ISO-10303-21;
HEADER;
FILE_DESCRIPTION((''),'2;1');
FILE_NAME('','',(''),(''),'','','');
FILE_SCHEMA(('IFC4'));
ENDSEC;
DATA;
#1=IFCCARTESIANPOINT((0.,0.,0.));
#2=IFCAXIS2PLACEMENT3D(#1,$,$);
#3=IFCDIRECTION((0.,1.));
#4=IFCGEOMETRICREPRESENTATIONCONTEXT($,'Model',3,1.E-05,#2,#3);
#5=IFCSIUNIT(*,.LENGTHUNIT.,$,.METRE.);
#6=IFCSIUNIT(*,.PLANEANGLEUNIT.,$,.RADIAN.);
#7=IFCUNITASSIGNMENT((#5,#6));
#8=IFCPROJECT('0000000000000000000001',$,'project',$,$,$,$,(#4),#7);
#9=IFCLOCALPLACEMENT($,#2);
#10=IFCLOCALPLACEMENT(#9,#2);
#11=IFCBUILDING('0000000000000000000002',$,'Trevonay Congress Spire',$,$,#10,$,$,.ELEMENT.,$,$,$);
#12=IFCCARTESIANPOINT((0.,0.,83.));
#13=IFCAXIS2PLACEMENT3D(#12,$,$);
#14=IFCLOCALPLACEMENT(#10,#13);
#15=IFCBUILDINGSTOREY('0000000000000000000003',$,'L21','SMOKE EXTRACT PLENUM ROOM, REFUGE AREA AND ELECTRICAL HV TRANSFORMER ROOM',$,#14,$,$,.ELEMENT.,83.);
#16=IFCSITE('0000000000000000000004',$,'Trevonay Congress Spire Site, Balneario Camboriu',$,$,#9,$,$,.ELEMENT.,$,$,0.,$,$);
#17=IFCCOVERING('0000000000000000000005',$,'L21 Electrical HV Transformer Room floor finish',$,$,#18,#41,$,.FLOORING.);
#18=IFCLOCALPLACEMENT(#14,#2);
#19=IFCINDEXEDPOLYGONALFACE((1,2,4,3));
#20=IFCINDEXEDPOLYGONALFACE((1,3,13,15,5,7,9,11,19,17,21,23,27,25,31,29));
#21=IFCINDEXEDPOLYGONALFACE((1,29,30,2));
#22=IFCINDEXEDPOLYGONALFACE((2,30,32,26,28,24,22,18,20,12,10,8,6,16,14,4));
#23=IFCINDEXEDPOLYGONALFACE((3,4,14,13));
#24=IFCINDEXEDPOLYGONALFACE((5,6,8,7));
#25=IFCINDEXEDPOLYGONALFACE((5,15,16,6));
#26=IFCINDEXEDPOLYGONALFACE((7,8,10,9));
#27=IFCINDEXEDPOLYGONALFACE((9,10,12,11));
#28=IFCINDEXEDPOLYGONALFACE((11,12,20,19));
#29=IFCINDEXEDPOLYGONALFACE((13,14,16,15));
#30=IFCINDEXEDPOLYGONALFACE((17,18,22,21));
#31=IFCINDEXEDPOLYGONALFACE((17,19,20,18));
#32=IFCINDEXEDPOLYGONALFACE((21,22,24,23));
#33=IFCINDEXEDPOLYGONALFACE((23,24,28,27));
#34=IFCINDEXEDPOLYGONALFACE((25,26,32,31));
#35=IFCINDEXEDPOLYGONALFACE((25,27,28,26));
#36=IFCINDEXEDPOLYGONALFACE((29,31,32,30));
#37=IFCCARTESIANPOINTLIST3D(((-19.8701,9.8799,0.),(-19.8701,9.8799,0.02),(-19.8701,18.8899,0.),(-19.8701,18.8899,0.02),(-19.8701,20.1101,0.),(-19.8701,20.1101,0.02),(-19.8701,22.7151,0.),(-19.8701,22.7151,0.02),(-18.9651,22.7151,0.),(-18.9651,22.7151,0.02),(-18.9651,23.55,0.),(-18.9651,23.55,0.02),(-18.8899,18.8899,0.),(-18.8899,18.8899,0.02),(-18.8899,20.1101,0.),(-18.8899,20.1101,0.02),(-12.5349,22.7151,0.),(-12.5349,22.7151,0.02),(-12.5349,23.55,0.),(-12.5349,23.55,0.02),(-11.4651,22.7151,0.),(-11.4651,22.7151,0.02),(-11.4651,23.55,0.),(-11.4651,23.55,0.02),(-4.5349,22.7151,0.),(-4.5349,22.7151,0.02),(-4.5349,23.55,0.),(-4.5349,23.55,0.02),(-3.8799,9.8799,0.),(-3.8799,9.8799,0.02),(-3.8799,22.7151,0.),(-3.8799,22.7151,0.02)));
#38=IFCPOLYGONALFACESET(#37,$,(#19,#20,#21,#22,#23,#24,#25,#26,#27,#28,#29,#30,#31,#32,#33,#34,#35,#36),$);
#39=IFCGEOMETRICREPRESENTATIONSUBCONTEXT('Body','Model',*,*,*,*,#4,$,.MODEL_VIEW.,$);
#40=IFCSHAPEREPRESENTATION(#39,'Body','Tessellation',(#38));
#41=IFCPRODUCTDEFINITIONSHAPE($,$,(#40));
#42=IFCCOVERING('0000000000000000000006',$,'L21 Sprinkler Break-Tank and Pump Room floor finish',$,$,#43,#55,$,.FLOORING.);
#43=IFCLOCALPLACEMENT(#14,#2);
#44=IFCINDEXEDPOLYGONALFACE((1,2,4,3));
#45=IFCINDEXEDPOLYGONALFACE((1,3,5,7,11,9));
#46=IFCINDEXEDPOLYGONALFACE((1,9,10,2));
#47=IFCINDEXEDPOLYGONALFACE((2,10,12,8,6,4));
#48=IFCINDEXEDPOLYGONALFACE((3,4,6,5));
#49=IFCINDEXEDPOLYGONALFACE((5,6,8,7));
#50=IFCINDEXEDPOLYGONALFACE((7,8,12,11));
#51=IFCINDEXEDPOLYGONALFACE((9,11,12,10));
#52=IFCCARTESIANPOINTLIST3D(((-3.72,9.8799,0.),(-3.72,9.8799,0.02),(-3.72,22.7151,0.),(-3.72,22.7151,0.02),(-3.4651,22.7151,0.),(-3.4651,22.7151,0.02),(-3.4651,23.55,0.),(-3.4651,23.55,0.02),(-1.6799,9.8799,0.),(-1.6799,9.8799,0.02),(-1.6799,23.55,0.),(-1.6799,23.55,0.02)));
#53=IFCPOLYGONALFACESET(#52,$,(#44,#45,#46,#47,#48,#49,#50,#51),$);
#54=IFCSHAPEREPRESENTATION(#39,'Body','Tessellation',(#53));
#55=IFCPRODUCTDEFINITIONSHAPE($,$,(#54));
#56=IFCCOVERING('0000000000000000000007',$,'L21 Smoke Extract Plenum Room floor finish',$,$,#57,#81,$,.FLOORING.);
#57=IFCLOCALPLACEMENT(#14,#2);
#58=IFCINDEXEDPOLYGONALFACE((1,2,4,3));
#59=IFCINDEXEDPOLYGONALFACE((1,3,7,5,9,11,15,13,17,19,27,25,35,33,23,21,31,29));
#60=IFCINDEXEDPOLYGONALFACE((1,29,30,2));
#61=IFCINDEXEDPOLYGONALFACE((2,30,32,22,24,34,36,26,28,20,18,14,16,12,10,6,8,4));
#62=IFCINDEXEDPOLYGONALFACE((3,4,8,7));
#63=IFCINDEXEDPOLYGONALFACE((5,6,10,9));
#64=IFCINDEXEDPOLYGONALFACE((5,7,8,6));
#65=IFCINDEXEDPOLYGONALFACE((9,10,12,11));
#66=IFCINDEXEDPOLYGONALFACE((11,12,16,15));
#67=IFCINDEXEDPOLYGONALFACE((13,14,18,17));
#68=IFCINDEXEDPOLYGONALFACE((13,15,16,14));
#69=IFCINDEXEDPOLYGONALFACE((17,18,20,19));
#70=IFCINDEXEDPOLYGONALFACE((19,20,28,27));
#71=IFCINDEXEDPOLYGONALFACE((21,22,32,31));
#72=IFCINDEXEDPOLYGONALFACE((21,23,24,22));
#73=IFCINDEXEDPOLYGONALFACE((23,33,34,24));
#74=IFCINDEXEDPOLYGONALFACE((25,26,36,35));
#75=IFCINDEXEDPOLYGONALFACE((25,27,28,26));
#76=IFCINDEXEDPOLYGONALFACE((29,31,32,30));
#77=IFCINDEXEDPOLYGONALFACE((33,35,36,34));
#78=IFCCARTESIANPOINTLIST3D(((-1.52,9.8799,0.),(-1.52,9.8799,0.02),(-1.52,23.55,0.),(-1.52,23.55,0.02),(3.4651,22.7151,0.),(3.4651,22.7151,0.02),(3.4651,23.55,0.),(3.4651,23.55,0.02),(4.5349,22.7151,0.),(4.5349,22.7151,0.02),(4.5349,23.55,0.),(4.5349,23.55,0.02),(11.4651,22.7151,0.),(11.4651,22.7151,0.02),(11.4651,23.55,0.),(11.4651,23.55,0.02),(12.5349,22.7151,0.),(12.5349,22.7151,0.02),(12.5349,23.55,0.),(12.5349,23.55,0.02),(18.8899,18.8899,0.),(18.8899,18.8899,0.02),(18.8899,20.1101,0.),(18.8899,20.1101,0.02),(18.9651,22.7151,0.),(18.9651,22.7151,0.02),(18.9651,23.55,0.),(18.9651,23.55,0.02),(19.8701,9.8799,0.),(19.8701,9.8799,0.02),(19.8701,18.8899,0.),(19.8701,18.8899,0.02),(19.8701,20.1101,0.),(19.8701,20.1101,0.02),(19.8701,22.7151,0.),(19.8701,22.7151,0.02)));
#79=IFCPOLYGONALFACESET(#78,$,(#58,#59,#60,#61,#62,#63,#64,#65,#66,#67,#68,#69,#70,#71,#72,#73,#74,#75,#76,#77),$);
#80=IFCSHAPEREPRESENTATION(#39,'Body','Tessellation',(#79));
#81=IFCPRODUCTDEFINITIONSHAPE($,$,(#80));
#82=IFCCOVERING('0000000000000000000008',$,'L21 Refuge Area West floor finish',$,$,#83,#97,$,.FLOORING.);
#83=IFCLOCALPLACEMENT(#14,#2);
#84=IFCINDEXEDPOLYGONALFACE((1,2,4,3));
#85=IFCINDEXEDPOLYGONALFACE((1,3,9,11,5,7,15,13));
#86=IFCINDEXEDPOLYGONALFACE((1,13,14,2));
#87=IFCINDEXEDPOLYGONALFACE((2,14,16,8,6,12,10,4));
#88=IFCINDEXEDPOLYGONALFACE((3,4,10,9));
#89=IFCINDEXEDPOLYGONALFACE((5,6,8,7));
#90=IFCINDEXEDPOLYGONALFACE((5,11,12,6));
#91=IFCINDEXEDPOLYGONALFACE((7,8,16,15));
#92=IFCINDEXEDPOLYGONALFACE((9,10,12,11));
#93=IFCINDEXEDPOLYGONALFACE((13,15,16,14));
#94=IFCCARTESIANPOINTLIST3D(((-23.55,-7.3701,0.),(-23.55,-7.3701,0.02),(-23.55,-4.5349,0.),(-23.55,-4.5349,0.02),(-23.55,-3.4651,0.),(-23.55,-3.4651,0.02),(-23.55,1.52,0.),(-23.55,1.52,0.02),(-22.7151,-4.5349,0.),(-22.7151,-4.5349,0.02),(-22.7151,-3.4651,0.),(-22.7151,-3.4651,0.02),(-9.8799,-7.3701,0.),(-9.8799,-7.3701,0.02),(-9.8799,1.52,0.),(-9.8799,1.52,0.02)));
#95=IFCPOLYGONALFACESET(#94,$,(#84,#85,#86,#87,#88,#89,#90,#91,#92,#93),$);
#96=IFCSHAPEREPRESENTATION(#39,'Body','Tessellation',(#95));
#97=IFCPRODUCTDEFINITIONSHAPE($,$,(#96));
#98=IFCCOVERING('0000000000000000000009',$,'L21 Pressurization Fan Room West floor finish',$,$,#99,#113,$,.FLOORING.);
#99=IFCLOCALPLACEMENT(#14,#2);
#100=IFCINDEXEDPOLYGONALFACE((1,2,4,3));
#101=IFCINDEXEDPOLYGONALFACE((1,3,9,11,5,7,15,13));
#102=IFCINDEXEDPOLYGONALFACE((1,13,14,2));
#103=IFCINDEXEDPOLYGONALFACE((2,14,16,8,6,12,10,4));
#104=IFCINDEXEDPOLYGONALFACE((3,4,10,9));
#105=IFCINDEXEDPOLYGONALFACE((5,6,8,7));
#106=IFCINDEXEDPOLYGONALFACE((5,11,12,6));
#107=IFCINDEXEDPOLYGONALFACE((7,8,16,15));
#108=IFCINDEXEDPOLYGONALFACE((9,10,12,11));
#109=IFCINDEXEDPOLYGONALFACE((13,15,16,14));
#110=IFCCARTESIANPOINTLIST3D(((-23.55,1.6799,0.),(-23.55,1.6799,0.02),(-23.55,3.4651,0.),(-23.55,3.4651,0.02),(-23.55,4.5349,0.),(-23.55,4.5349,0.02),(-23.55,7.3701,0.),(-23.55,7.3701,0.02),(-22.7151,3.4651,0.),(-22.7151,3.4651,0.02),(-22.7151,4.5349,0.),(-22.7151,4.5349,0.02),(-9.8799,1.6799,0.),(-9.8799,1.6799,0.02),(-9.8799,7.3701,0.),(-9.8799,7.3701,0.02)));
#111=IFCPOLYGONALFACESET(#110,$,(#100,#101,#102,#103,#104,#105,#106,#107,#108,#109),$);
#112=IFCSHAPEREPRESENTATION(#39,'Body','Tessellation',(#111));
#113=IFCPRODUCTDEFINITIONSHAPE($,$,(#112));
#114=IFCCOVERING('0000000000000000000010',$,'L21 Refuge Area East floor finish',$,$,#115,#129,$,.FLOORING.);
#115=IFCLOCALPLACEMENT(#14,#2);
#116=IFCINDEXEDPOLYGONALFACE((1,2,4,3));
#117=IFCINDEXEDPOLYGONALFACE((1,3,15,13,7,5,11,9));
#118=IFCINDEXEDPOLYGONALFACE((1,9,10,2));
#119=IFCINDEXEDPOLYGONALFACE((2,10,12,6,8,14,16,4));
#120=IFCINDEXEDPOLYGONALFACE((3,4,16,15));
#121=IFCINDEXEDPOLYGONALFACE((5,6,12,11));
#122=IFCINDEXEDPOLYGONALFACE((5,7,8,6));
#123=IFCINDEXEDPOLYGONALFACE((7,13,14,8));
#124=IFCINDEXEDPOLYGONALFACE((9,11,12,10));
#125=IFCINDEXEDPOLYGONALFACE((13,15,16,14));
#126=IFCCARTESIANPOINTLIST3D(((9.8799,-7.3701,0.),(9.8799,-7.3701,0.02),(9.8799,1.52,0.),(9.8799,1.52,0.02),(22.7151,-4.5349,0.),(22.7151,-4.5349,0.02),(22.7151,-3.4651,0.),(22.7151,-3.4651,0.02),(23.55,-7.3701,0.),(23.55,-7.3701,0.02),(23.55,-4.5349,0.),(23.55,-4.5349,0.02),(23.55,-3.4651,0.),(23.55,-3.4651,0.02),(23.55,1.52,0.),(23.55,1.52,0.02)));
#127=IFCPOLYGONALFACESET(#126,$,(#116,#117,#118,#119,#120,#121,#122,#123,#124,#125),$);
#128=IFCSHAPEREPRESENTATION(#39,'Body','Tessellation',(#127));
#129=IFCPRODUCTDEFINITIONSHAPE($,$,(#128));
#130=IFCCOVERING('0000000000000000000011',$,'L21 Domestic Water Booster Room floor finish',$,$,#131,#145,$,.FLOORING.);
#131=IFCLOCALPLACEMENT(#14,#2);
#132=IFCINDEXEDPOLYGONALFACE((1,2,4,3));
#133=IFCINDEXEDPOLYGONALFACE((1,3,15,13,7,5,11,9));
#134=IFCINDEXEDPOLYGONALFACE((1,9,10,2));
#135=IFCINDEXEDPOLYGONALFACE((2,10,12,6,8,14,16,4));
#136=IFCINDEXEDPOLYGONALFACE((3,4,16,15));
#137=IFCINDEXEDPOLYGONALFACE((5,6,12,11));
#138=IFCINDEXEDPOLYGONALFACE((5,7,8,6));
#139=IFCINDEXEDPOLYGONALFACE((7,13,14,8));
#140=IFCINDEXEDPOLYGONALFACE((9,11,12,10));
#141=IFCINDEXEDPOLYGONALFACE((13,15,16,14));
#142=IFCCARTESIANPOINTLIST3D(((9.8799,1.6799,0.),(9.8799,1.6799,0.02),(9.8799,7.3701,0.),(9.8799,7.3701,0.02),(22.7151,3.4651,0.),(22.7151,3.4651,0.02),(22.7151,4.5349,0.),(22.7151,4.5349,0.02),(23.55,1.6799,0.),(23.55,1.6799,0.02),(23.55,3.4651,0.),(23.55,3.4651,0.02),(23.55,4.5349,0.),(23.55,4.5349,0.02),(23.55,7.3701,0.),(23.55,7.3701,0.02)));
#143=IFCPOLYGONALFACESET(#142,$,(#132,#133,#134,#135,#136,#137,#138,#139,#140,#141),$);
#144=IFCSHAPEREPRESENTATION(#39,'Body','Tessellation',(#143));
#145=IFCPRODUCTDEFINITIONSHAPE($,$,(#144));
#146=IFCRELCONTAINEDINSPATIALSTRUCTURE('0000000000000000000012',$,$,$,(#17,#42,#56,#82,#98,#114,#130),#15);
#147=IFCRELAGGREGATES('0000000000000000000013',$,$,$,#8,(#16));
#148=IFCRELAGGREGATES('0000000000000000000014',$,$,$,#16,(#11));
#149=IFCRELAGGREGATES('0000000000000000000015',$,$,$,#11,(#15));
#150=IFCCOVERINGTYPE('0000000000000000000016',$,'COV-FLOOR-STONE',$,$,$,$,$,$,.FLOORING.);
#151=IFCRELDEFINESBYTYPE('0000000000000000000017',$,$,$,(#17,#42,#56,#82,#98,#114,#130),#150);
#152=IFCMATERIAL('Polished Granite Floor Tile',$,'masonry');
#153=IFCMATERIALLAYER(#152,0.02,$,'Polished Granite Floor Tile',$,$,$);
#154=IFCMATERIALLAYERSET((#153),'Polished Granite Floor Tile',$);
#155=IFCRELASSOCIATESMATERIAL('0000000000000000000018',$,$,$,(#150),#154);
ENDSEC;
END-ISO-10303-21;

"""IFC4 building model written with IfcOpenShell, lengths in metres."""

from ifc_helpers import new_model, si_unit, direction, frame, origin, place, context, subcontext, project, spatial, polyline, outline, extrude, material, layer, layer_set, type_object, element, save


model = new_model("IFC4")

# Units and contexts
model_context = context("Model", 3, precision=1e-05, world=origin(), true_north=direction((0.0, 1.0)))
body_context = subcontext(model_context, "Body", "Model", "MODEL_VIEW")
ifc_project = project(units=[si_unit("LENGTHUNIT", "METRE"), si_unit("PLANEANGLEUNIT", "RADIAN")], contexts=[model_context])

# Site, building, storey
site_placement = place(None, origin())
site = spatial("IfcSite", under=ifc_project, at=site_placement, Name="Trevonay Congress Spire Site, Balneario Camboriu", CompositionType="ELEMENT", RefElevation=0.0)
building_placement = place(site_placement, origin())
building = spatial("IfcBuilding", under=site, at=building_placement, Name="Trevonay Congress Spire", CompositionType="ELEMENT")
storey_placement = place(building_placement, frame((0.0, 0.0, 83.0)))
storey = spatial("IfcBuildingStorey", under=building, at=storey_placement, Name="L21", Description="SMOKE EXTRACT PLENUM ROOM, REFUGE AREA AND ELECTRICAL HV TRANSFORMER ROOM", CompositionType="ELEMENT", Elevation=83.0)

# Coverings
ifc_material_1 = material(Name="Polished Granite Floor Tile", Category="masonry")
ifc_layer_1 = layer(ifc_material_1, 0.02, Name="Polished Granite Floor Tile")
ifc_layer_set_1 = layer_set([ifc_layer_1], Name="Polished Granite Floor Tile")
covering_type_1 = type_object("IfcCoveringType", Name="COV-FLOOR-STONE", PredefinedType="FLOORING", material=ifc_layer_set_1)
covering_1_placement = place(storey_placement, origin())
element("IfcCovering", 1, at=covering_1_placement, inside=storey, type_object=covering_type_1, Name="L21 Electrical HV Transformer Room floor finish", PredefinedType="FLOORING", context=body_context, shape_type="SweptSolid", body=[
    extrude(outline(polyline([(-3.8799, 9.8799), (-19.8701, 9.8799), (-19.8701, 18.8899), (-18.8899, 18.8899), (-18.8899, 20.1101), (-19.8701, 20.1101), (-19.8701, 22.7151), (-18.9651, 22.7151), (-18.9651, 23.55), (-12.5349, 23.55), (-12.5349, 22.7151), (-11.4651, 22.7151), (-11.4651, 23.55), (-4.5349, 23.55), (-4.5349, 22.7151), (-3.8799, 22.7151), (-3.8799, 9.8799)])), origin(), (0.0, 0.0, 1.0), 0.02),
])
covering_2_placement = place(storey_placement, origin())
element("IfcCovering", 2, at=covering_2_placement, inside=storey, type_object=covering_type_1, Name="L21 Sprinkler Break-Tank and Pump Room floor finish", PredefinedType="FLOORING", context=body_context, shape_type="SweptSolid", body=[
    extrude(outline(polyline([(-1.6799, 23.55), (-1.6799, 9.8799), (-3.72, 9.8799), (-3.72, 22.7151), (-3.4651, 22.7151), (-3.4651, 23.55), (-1.6799, 23.55)])), origin(), (0.0, 0.0, 1.0), 0.02),
])
covering_3_placement = place(storey_placement, origin())
element("IfcCovering", 3, at=covering_3_placement, inside=storey, type_object=covering_type_1, Name="L21 Smoke Extract Plenum Room floor finish", PredefinedType="FLOORING", context=body_context, shape_type="SweptSolid", body=[
    extrude(outline(polyline([(19.8701, 9.8799), (-1.52, 9.8799), (-1.52, 23.55), (3.4651, 23.55), (3.4651, 22.7151), (4.5349, 22.7151), (4.5349, 23.55), (11.4651, 23.55), (11.4651, 22.7151), (12.5349, 22.7151), (12.5349, 23.55), (18.9651, 23.55), (18.9651, 22.7151), (19.8701, 22.7151), (19.8701, 20.1101), (18.8899, 20.1101), (18.8899, 18.8899), (19.8701, 18.8899), (19.8701, 9.8799)])), origin(), (0.0, 0.0, 1.0), 0.02),
])
covering_4_placement = place(storey_placement, origin())
element("IfcCovering", 4, at=covering_4_placement, inside=storey, type_object=covering_type_1, Name="L21 Refuge Area West floor finish", PredefinedType="FLOORING", context=body_context, shape_type="SweptSolid", body=[
    extrude(outline(polyline([(-23.55, 1.52), (-9.8799, 1.52), (-9.8799, -7.3701), (-23.55, -7.3701), (-23.55, -4.5349), (-22.7151, -4.5349), (-22.7151, -3.4651), (-23.55, -3.4651), (-23.55, 1.52)])), origin(), (0.0, 0.0, 1.0), 0.02),
])
covering_5_placement = place(storey_placement, origin())
element("IfcCovering", 5, at=covering_5_placement, inside=storey, type_object=covering_type_1, Name="L21 Pressurization Fan Room West floor finish", PredefinedType="FLOORING", context=body_context, shape_type="SweptSolid", body=[
    extrude(outline(polyline([(-23.55, 7.3701), (-9.8799, 7.3701), (-9.8799, 1.6799), (-23.55, 1.6799), (-23.55, 3.4651), (-22.7151, 3.4651), (-22.7151, 4.5349), (-23.55, 4.5349), (-23.55, 7.3701)])), origin(), (0.0, 0.0, 1.0), 0.02),
])
covering_6_placement = place(storey_placement, origin())
element("IfcCovering", 6, at=covering_6_placement, inside=storey, type_object=covering_type_1, Name="L21 Refuge Area East floor finish", PredefinedType="FLOORING", context=body_context, shape_type="SweptSolid", body=[
    extrude(outline(polyline([(23.55, -7.3701), (9.8799, -7.3701), (9.8799, 1.52), (23.55, 1.52), (23.55, -3.4651), (22.7151, -3.4651), (22.7151, -4.5349), (23.55, -4.5349), (23.55, -7.3701)])), origin(), (0.0, 0.0, 1.0), 0.02),
])
covering_7_placement = place(storey_placement, origin())
element("IfcCovering", 7, at=covering_7_placement, inside=storey, type_object=covering_type_1, Name="L21 Domestic Water Booster Room floor finish", PredefinedType="FLOORING", context=body_context, shape_type="SweptSolid", body=[
    extrude(outline(polyline([(23.55, 1.6799), (9.8799, 1.6799), (9.8799, 7.3701), (23.55, 7.3701), (23.55, 4.5349), (22.7151, 4.5349), (22.7151, 3.4651), (23.55, 3.4651), (23.55, 1.6799)])), origin(), (0.0, 0.0, 1.0), 0.02),
])

save(model, "model.ifc")
